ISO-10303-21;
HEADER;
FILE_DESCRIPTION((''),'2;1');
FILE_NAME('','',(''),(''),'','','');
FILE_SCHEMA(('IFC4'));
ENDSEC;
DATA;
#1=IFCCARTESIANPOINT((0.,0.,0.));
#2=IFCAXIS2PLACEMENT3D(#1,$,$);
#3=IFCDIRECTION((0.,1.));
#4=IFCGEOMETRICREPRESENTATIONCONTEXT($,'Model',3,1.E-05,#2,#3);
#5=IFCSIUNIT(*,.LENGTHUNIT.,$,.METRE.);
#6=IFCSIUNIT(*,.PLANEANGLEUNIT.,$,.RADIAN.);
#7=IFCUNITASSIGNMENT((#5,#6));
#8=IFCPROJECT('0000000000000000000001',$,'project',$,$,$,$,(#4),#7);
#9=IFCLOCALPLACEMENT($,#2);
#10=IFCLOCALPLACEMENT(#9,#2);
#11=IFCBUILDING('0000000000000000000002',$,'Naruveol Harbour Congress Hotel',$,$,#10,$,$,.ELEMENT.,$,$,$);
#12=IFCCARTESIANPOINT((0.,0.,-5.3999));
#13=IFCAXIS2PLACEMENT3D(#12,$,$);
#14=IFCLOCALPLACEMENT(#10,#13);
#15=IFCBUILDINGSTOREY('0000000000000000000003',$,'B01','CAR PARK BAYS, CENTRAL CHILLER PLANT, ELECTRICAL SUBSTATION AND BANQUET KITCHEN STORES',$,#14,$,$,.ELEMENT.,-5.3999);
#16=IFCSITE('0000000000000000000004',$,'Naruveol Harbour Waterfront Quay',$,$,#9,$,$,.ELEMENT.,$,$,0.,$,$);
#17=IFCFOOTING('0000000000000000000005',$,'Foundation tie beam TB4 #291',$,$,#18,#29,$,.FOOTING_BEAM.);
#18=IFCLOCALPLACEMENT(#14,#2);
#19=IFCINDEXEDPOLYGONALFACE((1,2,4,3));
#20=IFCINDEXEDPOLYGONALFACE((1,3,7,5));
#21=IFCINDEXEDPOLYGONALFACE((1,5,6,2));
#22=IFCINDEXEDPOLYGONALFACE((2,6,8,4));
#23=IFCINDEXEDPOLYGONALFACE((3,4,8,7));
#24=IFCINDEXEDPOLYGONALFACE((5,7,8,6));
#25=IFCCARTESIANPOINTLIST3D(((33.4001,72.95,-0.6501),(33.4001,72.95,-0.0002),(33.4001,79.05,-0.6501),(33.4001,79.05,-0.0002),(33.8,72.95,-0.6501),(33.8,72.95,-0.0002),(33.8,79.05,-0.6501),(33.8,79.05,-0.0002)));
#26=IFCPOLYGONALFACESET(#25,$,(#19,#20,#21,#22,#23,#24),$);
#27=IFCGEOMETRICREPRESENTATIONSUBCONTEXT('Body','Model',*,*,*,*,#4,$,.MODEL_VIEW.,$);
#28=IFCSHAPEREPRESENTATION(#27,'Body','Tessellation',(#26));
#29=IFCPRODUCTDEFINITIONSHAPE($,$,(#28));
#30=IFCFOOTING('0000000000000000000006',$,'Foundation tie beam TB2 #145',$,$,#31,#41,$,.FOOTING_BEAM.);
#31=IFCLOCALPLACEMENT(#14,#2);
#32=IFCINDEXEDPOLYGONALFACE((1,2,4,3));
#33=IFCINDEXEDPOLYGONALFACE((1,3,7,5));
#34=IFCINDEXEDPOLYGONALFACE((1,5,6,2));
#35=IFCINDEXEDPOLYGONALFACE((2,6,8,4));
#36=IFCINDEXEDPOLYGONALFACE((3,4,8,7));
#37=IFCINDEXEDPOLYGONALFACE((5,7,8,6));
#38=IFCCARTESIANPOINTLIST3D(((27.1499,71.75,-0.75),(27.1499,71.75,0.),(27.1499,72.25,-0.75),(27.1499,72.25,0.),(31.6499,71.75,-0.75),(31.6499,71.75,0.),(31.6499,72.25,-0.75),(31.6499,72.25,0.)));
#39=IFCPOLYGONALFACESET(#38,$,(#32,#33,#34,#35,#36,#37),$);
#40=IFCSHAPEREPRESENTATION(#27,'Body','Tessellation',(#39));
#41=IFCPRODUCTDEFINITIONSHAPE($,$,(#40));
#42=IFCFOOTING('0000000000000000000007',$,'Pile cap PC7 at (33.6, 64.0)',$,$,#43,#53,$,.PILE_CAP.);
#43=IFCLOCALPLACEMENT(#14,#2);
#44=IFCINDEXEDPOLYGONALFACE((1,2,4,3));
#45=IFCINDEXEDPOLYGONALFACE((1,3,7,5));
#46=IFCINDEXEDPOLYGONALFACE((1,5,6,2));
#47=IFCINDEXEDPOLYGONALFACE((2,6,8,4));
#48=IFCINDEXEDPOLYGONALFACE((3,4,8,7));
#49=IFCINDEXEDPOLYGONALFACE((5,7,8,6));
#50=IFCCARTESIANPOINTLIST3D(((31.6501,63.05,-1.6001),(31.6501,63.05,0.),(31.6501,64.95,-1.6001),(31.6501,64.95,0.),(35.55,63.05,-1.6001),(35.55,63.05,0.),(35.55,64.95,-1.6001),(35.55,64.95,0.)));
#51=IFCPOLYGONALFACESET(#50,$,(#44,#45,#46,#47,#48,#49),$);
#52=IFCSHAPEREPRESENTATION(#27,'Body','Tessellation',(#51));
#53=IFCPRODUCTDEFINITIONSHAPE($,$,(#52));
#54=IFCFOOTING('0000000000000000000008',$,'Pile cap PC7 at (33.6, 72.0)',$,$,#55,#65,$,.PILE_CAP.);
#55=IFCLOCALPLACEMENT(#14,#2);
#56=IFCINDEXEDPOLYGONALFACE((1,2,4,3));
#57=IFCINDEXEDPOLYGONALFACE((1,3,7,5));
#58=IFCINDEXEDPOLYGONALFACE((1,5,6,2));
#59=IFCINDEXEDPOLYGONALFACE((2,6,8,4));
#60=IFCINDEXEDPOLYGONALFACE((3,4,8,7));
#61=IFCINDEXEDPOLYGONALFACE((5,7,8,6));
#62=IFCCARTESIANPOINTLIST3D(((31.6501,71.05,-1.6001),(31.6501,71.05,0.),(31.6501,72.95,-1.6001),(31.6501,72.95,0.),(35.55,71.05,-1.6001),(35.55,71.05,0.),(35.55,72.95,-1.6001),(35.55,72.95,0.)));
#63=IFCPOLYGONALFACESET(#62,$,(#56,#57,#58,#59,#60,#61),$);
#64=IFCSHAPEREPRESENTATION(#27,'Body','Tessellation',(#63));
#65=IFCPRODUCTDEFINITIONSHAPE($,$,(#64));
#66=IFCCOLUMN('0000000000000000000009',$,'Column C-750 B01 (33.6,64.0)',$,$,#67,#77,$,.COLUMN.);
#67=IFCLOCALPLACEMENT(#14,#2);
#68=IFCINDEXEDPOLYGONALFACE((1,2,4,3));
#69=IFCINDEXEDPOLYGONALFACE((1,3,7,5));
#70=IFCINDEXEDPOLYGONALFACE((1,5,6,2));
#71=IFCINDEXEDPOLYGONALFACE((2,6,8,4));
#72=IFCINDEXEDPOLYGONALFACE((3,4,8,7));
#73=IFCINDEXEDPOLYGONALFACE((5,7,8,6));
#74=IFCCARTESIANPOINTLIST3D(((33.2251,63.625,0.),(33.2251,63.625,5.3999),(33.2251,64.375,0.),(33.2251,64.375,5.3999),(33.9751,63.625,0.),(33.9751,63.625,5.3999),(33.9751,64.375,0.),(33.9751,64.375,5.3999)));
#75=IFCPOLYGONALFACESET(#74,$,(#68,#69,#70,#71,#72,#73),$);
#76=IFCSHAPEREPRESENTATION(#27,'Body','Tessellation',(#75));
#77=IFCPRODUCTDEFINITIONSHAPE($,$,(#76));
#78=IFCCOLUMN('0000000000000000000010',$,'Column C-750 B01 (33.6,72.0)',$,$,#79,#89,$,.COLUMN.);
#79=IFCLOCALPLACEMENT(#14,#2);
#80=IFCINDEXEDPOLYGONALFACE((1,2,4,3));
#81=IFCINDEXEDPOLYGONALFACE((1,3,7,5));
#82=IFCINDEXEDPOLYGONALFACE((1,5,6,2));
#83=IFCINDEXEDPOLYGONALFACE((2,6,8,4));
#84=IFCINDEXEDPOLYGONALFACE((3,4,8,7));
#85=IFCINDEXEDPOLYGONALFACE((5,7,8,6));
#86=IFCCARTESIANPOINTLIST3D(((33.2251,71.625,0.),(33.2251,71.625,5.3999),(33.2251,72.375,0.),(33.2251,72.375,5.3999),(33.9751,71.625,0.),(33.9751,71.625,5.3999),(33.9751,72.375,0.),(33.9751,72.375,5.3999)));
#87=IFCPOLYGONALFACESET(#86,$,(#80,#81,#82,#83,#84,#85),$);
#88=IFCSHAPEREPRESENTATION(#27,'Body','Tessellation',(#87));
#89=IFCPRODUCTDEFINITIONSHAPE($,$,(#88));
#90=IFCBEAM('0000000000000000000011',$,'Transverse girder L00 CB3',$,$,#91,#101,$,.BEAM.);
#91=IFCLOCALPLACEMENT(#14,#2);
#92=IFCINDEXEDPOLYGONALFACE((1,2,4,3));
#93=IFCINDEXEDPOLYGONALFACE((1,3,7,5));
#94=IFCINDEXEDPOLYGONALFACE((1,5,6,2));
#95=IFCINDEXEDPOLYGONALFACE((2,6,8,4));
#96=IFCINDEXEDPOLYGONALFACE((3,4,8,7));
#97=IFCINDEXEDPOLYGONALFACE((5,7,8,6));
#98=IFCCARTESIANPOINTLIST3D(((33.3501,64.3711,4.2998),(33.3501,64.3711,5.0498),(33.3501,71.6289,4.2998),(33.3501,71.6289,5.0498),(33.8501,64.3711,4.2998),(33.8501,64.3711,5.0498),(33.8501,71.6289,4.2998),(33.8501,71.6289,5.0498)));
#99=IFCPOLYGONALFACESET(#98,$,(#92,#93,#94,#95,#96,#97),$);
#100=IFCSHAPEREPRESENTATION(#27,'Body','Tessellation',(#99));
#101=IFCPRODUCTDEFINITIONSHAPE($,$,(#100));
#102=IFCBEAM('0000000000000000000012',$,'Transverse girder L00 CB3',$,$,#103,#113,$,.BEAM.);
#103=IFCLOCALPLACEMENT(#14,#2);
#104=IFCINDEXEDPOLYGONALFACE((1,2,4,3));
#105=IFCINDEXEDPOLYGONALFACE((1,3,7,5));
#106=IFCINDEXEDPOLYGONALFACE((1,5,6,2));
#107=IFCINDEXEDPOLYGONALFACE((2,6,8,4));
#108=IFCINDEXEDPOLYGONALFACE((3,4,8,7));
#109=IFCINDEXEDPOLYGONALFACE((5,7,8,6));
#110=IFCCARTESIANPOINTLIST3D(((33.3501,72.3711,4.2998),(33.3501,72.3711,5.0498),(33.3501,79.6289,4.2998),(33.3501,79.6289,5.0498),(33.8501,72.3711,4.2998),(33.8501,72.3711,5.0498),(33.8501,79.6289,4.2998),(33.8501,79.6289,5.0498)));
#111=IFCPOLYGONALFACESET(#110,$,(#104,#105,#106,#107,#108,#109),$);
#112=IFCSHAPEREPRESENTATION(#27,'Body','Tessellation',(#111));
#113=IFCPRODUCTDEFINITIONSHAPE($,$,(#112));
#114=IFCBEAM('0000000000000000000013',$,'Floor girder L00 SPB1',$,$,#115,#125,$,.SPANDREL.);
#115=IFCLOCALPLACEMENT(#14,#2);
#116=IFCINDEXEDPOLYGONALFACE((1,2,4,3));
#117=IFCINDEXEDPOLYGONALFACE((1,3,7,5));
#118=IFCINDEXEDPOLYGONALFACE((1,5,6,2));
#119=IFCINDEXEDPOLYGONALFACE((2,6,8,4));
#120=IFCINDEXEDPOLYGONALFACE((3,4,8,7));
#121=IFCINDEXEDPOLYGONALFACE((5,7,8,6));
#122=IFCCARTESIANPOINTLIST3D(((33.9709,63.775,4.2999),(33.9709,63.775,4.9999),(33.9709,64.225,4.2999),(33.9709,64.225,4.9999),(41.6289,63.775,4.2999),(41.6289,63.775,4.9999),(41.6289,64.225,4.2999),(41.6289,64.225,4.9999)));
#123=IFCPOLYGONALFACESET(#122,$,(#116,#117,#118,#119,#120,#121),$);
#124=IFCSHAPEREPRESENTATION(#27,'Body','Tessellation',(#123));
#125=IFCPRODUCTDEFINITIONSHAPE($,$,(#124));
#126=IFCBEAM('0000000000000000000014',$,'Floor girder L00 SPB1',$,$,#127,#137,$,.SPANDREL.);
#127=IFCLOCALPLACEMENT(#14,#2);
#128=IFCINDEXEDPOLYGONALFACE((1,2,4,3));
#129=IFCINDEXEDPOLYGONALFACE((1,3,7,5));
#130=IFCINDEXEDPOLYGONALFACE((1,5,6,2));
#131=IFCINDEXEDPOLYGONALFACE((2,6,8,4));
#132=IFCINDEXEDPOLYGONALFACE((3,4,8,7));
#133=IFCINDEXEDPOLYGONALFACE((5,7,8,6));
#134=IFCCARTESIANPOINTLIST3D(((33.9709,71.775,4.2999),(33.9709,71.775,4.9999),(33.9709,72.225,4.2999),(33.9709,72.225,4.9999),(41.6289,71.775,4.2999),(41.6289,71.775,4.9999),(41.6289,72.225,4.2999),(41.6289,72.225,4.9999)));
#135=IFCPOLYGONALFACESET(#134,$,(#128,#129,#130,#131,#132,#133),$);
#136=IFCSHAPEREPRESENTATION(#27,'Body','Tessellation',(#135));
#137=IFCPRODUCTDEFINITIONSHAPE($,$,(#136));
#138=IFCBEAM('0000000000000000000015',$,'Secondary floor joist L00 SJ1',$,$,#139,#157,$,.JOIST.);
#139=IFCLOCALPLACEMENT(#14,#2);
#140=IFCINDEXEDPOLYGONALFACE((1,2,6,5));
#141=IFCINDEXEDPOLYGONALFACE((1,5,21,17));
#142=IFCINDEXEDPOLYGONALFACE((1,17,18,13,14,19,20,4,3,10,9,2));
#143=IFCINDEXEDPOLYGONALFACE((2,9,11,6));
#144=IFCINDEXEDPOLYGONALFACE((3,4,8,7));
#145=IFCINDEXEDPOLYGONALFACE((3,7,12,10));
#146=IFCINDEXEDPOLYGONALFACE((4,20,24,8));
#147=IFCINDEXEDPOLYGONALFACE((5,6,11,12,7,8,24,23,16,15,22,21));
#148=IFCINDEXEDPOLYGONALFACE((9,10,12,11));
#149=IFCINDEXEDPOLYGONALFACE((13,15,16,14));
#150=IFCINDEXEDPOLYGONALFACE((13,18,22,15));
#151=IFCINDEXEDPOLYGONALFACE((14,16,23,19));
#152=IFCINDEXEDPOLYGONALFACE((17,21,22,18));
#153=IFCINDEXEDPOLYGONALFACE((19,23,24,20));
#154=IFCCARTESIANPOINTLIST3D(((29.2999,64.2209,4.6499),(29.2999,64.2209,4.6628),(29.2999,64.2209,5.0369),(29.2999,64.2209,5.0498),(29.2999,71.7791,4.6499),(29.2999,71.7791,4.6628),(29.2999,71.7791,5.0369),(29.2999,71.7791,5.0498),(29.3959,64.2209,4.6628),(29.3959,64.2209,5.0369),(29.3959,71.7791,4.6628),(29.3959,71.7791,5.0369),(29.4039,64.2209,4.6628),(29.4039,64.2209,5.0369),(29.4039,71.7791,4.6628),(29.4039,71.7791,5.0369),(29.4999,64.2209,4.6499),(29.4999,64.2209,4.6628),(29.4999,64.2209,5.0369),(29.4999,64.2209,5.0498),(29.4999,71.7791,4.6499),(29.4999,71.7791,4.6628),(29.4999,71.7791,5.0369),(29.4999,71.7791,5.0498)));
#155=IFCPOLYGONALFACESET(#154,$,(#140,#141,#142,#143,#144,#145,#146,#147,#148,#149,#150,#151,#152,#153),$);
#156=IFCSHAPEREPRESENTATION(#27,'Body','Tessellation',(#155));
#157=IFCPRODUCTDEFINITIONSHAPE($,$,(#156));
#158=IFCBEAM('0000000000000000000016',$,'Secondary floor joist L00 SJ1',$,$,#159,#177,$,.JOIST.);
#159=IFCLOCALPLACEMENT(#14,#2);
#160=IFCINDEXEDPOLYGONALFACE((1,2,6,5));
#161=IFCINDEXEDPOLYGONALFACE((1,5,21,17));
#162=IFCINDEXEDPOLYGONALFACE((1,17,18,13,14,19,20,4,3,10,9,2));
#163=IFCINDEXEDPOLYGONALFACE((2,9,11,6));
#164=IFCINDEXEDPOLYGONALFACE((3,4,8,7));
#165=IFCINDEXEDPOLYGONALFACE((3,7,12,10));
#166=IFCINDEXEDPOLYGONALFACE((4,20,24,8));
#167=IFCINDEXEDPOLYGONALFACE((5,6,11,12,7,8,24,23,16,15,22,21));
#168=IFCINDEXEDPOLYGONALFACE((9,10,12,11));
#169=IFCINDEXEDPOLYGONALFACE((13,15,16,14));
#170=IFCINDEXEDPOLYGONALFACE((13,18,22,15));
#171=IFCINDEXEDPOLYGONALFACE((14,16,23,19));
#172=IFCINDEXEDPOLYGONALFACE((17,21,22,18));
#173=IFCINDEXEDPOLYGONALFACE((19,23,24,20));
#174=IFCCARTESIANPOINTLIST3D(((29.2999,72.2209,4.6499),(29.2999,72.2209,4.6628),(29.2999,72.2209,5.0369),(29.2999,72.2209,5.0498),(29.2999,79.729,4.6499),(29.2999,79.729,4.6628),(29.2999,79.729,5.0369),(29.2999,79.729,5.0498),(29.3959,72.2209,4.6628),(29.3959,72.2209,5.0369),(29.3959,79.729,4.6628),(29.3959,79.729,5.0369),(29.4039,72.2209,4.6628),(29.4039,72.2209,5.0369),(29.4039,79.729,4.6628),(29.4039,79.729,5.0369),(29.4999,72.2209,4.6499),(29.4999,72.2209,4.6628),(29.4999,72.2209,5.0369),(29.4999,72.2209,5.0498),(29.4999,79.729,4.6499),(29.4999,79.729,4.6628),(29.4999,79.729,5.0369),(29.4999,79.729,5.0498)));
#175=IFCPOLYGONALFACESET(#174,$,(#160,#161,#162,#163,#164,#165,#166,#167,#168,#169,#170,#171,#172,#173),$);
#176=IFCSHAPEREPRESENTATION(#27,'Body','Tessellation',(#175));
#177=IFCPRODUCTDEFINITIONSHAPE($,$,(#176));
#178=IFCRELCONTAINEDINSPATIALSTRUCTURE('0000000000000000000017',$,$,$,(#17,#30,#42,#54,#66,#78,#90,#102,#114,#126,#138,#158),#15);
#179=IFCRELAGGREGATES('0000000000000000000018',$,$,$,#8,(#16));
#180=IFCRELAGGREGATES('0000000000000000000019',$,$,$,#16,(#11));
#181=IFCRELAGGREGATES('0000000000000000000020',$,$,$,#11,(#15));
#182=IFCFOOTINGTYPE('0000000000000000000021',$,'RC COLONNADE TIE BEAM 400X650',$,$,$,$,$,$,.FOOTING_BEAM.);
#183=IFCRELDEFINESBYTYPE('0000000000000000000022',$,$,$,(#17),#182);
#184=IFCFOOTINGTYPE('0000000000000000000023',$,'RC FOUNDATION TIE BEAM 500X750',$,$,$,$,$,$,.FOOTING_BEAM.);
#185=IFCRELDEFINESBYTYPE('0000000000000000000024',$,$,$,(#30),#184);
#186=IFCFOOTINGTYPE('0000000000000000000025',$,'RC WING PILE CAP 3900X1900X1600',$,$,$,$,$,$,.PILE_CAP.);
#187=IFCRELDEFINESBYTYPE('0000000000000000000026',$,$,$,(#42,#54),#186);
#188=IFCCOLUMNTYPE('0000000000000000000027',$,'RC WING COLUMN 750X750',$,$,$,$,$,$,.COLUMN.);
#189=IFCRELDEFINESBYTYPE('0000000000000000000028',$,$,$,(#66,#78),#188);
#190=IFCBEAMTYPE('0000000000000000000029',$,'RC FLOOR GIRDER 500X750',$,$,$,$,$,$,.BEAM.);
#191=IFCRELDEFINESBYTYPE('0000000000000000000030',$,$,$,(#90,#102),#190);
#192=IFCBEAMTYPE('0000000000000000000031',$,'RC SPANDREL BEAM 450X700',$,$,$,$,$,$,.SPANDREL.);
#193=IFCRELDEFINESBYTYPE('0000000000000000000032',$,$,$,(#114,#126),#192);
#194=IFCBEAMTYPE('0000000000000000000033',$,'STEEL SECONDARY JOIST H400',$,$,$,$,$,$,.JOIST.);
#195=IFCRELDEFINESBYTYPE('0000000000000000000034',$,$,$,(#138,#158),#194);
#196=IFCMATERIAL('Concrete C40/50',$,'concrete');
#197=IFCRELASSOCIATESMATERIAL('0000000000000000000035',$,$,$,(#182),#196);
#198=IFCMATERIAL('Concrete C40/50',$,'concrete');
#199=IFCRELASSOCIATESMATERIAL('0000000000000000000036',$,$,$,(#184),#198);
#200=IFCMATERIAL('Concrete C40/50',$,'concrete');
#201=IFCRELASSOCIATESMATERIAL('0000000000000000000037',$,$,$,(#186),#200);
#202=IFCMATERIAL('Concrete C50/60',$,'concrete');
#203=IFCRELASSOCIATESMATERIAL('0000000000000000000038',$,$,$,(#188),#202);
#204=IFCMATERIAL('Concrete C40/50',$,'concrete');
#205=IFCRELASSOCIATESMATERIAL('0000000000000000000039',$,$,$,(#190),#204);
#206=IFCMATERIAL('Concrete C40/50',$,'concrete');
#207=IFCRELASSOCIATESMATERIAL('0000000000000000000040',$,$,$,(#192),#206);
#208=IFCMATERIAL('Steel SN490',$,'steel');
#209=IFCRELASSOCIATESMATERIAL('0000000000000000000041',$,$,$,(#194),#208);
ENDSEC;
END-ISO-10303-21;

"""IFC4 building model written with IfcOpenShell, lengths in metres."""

from ifc_helpers import new_model, si_unit, direction, frame, origin, origin_2d, place, context, subcontext, project, spatial, rectangle, i_section, extrude, material, material_profile, profile_set, type_object, element, save


model = new_model("IFC4")

# Units and contexts
model_context = context("Model", 3, precision=1e-05, world=origin(), true_north=direction((0.0, 1.0)))
body_context = subcontext(model_context, "Body", "Model", "MODEL_VIEW")
ifc_project = project(units=[si_unit("LENGTHUNIT", "METRE"), si_unit("PLANEANGLEUNIT", "RADIAN")], contexts=[model_context])

# Site, building, storey
site_placement = place(None, origin())
site = spatial("IfcSite", under=ifc_project, at=site_placement, Name="Naruveol Harbour Waterfront Quay", CompositionType="ELEMENT", RefElevation=0.0)
building_placement = place(site_placement, origin())
building = spatial("IfcBuilding", under=site, at=building_placement, Name="Naruveol Harbour Congress Hotel", CompositionType="ELEMENT")
storey_placement = place(building_placement, frame((0.0, 0.0, -5.3999)))
storey = spatial("IfcBuildingStorey", under=building, at=storey_placement, Name="B01", Description="CAR PARK BAYS, CENTRAL CHILLER PLANT, ELECTRICAL SUBSTATION AND BANQUET KITCHEN STORES", CompositionType="ELEMENT", Elevation=-5.3999)

# Footings
ifc_material_1 = material(Name="Concrete C40/50", Category="concrete")
ifc_material_profile_1 = material_profile(ifc_material_1, rectangle(XDim=0.3999, YDim=0.6499, at=origin_2d()), Name="RCB-400x650")
ifc_profile_set_1 = profile_set([ifc_material_profile_1], Name="Concrete C40/50")
footing_type_1 = type_object("IfcFootingType", Name="RC COLONNADE TIE BEAM 400X650", PredefinedType="FOOTING_BEAM", material=ifc_profile_set_1)
for number, where, z_axis, x_axis, name in (
    (1, (33.6001, 72.95, -0.3252), (0.0, 1.0, 0.0), (-1.0, 0.0, 0.0), "Foundation tie beam TB4 #291"),
):
    element("IfcFooting", number, at=place(storey_placement, frame(where, z_axis=z_axis, x_axis=x_axis)), inside=storey, type_object=footing_type_1, Name=name, PredefinedType="FOOTING_BEAM", context=body_context, shape_type="SweptSolid", body=[
        extrude(rectangle(XDim=0.3999, YDim=0.6499, at=origin_2d()), origin(), (0.0, 0.0, 1.0), 6.1001),
    ])
ifc_material_2 = material(Name="Concrete C40/50", Category="concrete")
ifc_material_profile_2 = material_profile(ifc_material_2, rectangle(XDim=0.5, YDim=0.75, at=origin_2d()), Name="RCB-500x750")
ifc_profile_set_2 = profile_set([ifc_material_profile_2], Name="Concrete C40/50")
footing_type_2 = type_object("IfcFootingType", Name="RC FOUNDATION TIE BEAM 500X750", PredefinedType="FOOTING_BEAM", material=ifc_profile_set_2)
footing_placement = place(storey_placement, frame((27.1499, 72.0, -0.375), z_axis=(1.0, 0.0, 0.0), x_axis=(0.0, 1.0, 0.0)))
element("IfcFooting", 2, at=footing_placement, inside=storey, type_object=footing_type_2, Name="Foundation tie beam TB2 #145", PredefinedType="FOOTING_BEAM", context=body_context, shape_type="SweptSolid", body=[
    extrude(rectangle(XDim=0.5, YDim=0.75, at=origin_2d()), origin(), (0.0, 0.0, 1.0), 4.5),
])
ifc_material_3 = material(Name="Concrete C40/50", Category="concrete")
footing_type_3 = type_object("IfcFootingType", Name="RC WING PILE CAP 3900X1900X1600", PredefinedType="PILE_CAP", material=ifc_material_3)
for number, where, z_axis, x_axis, name in (
    (3, (33.6001, 64.0, -1.6001), (0.0, 0.0, 1.0), (1.0, 0.0, 0.0), "Pile cap PC7 at (33.6, 64.0)"),
    (4, (33.6001, 72.0, -1.6001), (0.0, 0.0, 1.0), (1.0, 0.0, 0.0), "Pile cap PC7 at (33.6, 72.0)"),
):
    element("IfcFooting", number, at=place(storey_placement, frame(where, z_axis=z_axis, x_axis=x_axis)), inside=storey, type_object=footing_type_3, Name=name, PredefinedType="PILE_CAP", context=body_context, shape_type="SweptSolid", body=[
        extrude(rectangle(XDim=3.8999, YDim=1.8999, at=origin_2d()), origin(), (0.0, 0.0, 1.0), 1.6001),
    ])

# Columns
ifc_material_4 = material(Name="Concrete C50/60", Category="concrete")
ifc_material_profile_3 = material_profile(ifc_material_4, rectangle(XDim=0.75, YDim=0.75, at=origin_2d()), Name="RC-750x750")
ifc_profile_set_3 = profile_set([ifc_material_profile_3], Name="Concrete C50/60")
column_type = type_object("IfcColumnType", Name="RC WING COLUMN 750X750", PredefinedType="COLUMN", material=ifc_profile_set_3)
for number, where, z_axis, x_axis, name in (
    (5, (33.6001, 64.0, 0.0), (0.0, 0.0, 1.0), (1.0, 0.0, 0.0), "Column C-750 B01 (33.6,64.0)"),
    (6, (33.6001, 72.0, 0.0), (0.0, 0.0, 1.0), (1.0, 0.0, 0.0), "Column C-750 B01 (33.6,72.0)"),
):
    element("IfcColumn", number, at=place(storey_placement, frame(where, z_axis=z_axis, x_axis=x_axis)), inside=storey, type_object=column_type, Name=name, PredefinedType="COLUMN", context=body_context, shape_type="SweptSolid", body=[
        extrude(rectangle(XDim=0.75, YDim=0.75, at=origin_2d()), origin(), (0.0, 0.0, 1.0), 5.3999),
    ])

# Beams
ifc_material_5 = material(Name="Concrete C40/50", Category="concrete")
ifc_material_profile_4 = material_profile(ifc_material_5, rectangle(XDim=0.5, YDim=0.75, at=origin_2d()), Name="RCB-500x750")
ifc_profile_set_4 = profile_set([ifc_material_profile_4], Name="Concrete C40/50")
beam_type_1 = type_object("IfcBeamType", Name="RC FLOOR GIRDER 500X750", PredefinedType="BEAM", material=ifc_profile_set_4)
for number, where, z_axis, x_axis, name in (
    (7, (33.6001, 64.3711, 4.6748), (0.0, 1.0, 0.0), (-1.0, 0.0, 0.0), "Transverse girder L00 CB3"),
    (8, (33.6001, 72.3711, 4.6748), (0.0, 1.0, 0.0), (-1.0, 0.0, 0.0), "Transverse girder L00 CB3"),
):
    element("IfcBeam", number, at=place(storey_placement, frame(where, z_axis=z_axis, x_axis=x_axis)), inside=storey, type_object=beam_type_1, Name=name, PredefinedType="BEAM", context=body_context, shape_type="SweptSolid", body=[
        extrude(rectangle(XDim=0.5, YDim=0.75, at=origin_2d()), origin(), (0.0, 0.0, 1.0), 7.2578),
    ])
ifc_material_6 = material(Name="Concrete C40/50", Category="concrete")
ifc_material_profile_5 = material_profile(ifc_material_6, rectangle(XDim=0.45, YDim=0.7, at=origin_2d()), Name="RCB-450x700")
ifc_profile_set_5 = profile_set([ifc_material_profile_5], Name="Concrete C40/50")
beam_type_2 = type_object("IfcBeamType", Name="RC SPANDREL BEAM 450X700", PredefinedType="SPANDREL", material=ifc_profile_set_5)
for number, where, z_axis, x_axis, name in (
    (9, (33.9709, 64.0, 4.6499), (1.0, 0.0, 0.0), (0.0, 1.0, 0.0), "Floor girder L00 SPB1"),
    (10, (33.9709, 72.0, 4.6499), (1.0, 0.0, 0.0), (0.0, 1.0, 0.0), "Floor girder L00 SPB1"),
):
    element("IfcBeam", number, at=place(storey_placement, frame(where, z_axis=z_axis, x_axis=x_axis)), inside=storey, type_object=beam_type_2, Name=name, PredefinedType="SPANDREL", context=body_context, shape_type="SweptSolid", body=[
        extrude(rectangle(XDim=0.45, YDim=0.7, at=origin_2d()), origin(), (0.0, 0.0, 1.0), 7.658),
    ])
ifc_material_7 = material(Name="Steel SN490", Category="steel")
ifc_material_profile_6 = material_profile(ifc_material_7, i_section(OverallWidth=0.2, OverallDepth=0.3999, WebThickness=0.0081, FlangeThickness=0.0129, at=origin_2d()), Name="H-400x200x8x13")
ifc_profile_set_6 = profile_set([ifc_material_profile_6], Name="Steel SN490")
beam_type_3 = type_object("IfcBeamType", Name="STEEL SECONDARY JOIST H400", PredefinedType="JOIST", material=ifc_profile_set_6)
beam_1_placement = place(storey_placement, frame((29.3999, 64.2209, 4.8499), z_axis=(0.0, 1.0, 0.0), x_axis=(-1.0, 0.0, 0.0)))
element("IfcBeam", 11, at=beam_1_placement, inside=storey, type_object=beam_type_3, Name="Secondary floor joist L00 SJ1", PredefinedType="JOIST", context=body_context, shape_type="SweptSolid", body=[
    extrude(i_section(OverallWidth=0.2, OverallDepth=0.3999, WebThickness=0.0081, FlangeThickness=0.0129, at=origin_2d()), origin(), (0.0, 0.0, 1.0), 7.5581),
])
beam_2_placement = place(storey_placement, frame((29.3999, 72.2209, 4.8499), z_axis=(0.0, 1.0, 0.0), x_axis=(-1.0, 0.0, 0.0)))
element("IfcBeam", 12, at=beam_2_placement, inside=storey, type_object=beam_type_3, Name="Secondary floor joist L00 SJ1", PredefinedType="JOIST", context=body_context, shape_type="SweptSolid", body=[
    extrude(i_section(OverallWidth=0.2, OverallDepth=0.3999, WebThickness=0.0081, FlangeThickness=0.0129, at=origin_2d()), origin(), (0.0, 0.0, 1.0), 7.5081),
])

save(model, "model.ifc")
